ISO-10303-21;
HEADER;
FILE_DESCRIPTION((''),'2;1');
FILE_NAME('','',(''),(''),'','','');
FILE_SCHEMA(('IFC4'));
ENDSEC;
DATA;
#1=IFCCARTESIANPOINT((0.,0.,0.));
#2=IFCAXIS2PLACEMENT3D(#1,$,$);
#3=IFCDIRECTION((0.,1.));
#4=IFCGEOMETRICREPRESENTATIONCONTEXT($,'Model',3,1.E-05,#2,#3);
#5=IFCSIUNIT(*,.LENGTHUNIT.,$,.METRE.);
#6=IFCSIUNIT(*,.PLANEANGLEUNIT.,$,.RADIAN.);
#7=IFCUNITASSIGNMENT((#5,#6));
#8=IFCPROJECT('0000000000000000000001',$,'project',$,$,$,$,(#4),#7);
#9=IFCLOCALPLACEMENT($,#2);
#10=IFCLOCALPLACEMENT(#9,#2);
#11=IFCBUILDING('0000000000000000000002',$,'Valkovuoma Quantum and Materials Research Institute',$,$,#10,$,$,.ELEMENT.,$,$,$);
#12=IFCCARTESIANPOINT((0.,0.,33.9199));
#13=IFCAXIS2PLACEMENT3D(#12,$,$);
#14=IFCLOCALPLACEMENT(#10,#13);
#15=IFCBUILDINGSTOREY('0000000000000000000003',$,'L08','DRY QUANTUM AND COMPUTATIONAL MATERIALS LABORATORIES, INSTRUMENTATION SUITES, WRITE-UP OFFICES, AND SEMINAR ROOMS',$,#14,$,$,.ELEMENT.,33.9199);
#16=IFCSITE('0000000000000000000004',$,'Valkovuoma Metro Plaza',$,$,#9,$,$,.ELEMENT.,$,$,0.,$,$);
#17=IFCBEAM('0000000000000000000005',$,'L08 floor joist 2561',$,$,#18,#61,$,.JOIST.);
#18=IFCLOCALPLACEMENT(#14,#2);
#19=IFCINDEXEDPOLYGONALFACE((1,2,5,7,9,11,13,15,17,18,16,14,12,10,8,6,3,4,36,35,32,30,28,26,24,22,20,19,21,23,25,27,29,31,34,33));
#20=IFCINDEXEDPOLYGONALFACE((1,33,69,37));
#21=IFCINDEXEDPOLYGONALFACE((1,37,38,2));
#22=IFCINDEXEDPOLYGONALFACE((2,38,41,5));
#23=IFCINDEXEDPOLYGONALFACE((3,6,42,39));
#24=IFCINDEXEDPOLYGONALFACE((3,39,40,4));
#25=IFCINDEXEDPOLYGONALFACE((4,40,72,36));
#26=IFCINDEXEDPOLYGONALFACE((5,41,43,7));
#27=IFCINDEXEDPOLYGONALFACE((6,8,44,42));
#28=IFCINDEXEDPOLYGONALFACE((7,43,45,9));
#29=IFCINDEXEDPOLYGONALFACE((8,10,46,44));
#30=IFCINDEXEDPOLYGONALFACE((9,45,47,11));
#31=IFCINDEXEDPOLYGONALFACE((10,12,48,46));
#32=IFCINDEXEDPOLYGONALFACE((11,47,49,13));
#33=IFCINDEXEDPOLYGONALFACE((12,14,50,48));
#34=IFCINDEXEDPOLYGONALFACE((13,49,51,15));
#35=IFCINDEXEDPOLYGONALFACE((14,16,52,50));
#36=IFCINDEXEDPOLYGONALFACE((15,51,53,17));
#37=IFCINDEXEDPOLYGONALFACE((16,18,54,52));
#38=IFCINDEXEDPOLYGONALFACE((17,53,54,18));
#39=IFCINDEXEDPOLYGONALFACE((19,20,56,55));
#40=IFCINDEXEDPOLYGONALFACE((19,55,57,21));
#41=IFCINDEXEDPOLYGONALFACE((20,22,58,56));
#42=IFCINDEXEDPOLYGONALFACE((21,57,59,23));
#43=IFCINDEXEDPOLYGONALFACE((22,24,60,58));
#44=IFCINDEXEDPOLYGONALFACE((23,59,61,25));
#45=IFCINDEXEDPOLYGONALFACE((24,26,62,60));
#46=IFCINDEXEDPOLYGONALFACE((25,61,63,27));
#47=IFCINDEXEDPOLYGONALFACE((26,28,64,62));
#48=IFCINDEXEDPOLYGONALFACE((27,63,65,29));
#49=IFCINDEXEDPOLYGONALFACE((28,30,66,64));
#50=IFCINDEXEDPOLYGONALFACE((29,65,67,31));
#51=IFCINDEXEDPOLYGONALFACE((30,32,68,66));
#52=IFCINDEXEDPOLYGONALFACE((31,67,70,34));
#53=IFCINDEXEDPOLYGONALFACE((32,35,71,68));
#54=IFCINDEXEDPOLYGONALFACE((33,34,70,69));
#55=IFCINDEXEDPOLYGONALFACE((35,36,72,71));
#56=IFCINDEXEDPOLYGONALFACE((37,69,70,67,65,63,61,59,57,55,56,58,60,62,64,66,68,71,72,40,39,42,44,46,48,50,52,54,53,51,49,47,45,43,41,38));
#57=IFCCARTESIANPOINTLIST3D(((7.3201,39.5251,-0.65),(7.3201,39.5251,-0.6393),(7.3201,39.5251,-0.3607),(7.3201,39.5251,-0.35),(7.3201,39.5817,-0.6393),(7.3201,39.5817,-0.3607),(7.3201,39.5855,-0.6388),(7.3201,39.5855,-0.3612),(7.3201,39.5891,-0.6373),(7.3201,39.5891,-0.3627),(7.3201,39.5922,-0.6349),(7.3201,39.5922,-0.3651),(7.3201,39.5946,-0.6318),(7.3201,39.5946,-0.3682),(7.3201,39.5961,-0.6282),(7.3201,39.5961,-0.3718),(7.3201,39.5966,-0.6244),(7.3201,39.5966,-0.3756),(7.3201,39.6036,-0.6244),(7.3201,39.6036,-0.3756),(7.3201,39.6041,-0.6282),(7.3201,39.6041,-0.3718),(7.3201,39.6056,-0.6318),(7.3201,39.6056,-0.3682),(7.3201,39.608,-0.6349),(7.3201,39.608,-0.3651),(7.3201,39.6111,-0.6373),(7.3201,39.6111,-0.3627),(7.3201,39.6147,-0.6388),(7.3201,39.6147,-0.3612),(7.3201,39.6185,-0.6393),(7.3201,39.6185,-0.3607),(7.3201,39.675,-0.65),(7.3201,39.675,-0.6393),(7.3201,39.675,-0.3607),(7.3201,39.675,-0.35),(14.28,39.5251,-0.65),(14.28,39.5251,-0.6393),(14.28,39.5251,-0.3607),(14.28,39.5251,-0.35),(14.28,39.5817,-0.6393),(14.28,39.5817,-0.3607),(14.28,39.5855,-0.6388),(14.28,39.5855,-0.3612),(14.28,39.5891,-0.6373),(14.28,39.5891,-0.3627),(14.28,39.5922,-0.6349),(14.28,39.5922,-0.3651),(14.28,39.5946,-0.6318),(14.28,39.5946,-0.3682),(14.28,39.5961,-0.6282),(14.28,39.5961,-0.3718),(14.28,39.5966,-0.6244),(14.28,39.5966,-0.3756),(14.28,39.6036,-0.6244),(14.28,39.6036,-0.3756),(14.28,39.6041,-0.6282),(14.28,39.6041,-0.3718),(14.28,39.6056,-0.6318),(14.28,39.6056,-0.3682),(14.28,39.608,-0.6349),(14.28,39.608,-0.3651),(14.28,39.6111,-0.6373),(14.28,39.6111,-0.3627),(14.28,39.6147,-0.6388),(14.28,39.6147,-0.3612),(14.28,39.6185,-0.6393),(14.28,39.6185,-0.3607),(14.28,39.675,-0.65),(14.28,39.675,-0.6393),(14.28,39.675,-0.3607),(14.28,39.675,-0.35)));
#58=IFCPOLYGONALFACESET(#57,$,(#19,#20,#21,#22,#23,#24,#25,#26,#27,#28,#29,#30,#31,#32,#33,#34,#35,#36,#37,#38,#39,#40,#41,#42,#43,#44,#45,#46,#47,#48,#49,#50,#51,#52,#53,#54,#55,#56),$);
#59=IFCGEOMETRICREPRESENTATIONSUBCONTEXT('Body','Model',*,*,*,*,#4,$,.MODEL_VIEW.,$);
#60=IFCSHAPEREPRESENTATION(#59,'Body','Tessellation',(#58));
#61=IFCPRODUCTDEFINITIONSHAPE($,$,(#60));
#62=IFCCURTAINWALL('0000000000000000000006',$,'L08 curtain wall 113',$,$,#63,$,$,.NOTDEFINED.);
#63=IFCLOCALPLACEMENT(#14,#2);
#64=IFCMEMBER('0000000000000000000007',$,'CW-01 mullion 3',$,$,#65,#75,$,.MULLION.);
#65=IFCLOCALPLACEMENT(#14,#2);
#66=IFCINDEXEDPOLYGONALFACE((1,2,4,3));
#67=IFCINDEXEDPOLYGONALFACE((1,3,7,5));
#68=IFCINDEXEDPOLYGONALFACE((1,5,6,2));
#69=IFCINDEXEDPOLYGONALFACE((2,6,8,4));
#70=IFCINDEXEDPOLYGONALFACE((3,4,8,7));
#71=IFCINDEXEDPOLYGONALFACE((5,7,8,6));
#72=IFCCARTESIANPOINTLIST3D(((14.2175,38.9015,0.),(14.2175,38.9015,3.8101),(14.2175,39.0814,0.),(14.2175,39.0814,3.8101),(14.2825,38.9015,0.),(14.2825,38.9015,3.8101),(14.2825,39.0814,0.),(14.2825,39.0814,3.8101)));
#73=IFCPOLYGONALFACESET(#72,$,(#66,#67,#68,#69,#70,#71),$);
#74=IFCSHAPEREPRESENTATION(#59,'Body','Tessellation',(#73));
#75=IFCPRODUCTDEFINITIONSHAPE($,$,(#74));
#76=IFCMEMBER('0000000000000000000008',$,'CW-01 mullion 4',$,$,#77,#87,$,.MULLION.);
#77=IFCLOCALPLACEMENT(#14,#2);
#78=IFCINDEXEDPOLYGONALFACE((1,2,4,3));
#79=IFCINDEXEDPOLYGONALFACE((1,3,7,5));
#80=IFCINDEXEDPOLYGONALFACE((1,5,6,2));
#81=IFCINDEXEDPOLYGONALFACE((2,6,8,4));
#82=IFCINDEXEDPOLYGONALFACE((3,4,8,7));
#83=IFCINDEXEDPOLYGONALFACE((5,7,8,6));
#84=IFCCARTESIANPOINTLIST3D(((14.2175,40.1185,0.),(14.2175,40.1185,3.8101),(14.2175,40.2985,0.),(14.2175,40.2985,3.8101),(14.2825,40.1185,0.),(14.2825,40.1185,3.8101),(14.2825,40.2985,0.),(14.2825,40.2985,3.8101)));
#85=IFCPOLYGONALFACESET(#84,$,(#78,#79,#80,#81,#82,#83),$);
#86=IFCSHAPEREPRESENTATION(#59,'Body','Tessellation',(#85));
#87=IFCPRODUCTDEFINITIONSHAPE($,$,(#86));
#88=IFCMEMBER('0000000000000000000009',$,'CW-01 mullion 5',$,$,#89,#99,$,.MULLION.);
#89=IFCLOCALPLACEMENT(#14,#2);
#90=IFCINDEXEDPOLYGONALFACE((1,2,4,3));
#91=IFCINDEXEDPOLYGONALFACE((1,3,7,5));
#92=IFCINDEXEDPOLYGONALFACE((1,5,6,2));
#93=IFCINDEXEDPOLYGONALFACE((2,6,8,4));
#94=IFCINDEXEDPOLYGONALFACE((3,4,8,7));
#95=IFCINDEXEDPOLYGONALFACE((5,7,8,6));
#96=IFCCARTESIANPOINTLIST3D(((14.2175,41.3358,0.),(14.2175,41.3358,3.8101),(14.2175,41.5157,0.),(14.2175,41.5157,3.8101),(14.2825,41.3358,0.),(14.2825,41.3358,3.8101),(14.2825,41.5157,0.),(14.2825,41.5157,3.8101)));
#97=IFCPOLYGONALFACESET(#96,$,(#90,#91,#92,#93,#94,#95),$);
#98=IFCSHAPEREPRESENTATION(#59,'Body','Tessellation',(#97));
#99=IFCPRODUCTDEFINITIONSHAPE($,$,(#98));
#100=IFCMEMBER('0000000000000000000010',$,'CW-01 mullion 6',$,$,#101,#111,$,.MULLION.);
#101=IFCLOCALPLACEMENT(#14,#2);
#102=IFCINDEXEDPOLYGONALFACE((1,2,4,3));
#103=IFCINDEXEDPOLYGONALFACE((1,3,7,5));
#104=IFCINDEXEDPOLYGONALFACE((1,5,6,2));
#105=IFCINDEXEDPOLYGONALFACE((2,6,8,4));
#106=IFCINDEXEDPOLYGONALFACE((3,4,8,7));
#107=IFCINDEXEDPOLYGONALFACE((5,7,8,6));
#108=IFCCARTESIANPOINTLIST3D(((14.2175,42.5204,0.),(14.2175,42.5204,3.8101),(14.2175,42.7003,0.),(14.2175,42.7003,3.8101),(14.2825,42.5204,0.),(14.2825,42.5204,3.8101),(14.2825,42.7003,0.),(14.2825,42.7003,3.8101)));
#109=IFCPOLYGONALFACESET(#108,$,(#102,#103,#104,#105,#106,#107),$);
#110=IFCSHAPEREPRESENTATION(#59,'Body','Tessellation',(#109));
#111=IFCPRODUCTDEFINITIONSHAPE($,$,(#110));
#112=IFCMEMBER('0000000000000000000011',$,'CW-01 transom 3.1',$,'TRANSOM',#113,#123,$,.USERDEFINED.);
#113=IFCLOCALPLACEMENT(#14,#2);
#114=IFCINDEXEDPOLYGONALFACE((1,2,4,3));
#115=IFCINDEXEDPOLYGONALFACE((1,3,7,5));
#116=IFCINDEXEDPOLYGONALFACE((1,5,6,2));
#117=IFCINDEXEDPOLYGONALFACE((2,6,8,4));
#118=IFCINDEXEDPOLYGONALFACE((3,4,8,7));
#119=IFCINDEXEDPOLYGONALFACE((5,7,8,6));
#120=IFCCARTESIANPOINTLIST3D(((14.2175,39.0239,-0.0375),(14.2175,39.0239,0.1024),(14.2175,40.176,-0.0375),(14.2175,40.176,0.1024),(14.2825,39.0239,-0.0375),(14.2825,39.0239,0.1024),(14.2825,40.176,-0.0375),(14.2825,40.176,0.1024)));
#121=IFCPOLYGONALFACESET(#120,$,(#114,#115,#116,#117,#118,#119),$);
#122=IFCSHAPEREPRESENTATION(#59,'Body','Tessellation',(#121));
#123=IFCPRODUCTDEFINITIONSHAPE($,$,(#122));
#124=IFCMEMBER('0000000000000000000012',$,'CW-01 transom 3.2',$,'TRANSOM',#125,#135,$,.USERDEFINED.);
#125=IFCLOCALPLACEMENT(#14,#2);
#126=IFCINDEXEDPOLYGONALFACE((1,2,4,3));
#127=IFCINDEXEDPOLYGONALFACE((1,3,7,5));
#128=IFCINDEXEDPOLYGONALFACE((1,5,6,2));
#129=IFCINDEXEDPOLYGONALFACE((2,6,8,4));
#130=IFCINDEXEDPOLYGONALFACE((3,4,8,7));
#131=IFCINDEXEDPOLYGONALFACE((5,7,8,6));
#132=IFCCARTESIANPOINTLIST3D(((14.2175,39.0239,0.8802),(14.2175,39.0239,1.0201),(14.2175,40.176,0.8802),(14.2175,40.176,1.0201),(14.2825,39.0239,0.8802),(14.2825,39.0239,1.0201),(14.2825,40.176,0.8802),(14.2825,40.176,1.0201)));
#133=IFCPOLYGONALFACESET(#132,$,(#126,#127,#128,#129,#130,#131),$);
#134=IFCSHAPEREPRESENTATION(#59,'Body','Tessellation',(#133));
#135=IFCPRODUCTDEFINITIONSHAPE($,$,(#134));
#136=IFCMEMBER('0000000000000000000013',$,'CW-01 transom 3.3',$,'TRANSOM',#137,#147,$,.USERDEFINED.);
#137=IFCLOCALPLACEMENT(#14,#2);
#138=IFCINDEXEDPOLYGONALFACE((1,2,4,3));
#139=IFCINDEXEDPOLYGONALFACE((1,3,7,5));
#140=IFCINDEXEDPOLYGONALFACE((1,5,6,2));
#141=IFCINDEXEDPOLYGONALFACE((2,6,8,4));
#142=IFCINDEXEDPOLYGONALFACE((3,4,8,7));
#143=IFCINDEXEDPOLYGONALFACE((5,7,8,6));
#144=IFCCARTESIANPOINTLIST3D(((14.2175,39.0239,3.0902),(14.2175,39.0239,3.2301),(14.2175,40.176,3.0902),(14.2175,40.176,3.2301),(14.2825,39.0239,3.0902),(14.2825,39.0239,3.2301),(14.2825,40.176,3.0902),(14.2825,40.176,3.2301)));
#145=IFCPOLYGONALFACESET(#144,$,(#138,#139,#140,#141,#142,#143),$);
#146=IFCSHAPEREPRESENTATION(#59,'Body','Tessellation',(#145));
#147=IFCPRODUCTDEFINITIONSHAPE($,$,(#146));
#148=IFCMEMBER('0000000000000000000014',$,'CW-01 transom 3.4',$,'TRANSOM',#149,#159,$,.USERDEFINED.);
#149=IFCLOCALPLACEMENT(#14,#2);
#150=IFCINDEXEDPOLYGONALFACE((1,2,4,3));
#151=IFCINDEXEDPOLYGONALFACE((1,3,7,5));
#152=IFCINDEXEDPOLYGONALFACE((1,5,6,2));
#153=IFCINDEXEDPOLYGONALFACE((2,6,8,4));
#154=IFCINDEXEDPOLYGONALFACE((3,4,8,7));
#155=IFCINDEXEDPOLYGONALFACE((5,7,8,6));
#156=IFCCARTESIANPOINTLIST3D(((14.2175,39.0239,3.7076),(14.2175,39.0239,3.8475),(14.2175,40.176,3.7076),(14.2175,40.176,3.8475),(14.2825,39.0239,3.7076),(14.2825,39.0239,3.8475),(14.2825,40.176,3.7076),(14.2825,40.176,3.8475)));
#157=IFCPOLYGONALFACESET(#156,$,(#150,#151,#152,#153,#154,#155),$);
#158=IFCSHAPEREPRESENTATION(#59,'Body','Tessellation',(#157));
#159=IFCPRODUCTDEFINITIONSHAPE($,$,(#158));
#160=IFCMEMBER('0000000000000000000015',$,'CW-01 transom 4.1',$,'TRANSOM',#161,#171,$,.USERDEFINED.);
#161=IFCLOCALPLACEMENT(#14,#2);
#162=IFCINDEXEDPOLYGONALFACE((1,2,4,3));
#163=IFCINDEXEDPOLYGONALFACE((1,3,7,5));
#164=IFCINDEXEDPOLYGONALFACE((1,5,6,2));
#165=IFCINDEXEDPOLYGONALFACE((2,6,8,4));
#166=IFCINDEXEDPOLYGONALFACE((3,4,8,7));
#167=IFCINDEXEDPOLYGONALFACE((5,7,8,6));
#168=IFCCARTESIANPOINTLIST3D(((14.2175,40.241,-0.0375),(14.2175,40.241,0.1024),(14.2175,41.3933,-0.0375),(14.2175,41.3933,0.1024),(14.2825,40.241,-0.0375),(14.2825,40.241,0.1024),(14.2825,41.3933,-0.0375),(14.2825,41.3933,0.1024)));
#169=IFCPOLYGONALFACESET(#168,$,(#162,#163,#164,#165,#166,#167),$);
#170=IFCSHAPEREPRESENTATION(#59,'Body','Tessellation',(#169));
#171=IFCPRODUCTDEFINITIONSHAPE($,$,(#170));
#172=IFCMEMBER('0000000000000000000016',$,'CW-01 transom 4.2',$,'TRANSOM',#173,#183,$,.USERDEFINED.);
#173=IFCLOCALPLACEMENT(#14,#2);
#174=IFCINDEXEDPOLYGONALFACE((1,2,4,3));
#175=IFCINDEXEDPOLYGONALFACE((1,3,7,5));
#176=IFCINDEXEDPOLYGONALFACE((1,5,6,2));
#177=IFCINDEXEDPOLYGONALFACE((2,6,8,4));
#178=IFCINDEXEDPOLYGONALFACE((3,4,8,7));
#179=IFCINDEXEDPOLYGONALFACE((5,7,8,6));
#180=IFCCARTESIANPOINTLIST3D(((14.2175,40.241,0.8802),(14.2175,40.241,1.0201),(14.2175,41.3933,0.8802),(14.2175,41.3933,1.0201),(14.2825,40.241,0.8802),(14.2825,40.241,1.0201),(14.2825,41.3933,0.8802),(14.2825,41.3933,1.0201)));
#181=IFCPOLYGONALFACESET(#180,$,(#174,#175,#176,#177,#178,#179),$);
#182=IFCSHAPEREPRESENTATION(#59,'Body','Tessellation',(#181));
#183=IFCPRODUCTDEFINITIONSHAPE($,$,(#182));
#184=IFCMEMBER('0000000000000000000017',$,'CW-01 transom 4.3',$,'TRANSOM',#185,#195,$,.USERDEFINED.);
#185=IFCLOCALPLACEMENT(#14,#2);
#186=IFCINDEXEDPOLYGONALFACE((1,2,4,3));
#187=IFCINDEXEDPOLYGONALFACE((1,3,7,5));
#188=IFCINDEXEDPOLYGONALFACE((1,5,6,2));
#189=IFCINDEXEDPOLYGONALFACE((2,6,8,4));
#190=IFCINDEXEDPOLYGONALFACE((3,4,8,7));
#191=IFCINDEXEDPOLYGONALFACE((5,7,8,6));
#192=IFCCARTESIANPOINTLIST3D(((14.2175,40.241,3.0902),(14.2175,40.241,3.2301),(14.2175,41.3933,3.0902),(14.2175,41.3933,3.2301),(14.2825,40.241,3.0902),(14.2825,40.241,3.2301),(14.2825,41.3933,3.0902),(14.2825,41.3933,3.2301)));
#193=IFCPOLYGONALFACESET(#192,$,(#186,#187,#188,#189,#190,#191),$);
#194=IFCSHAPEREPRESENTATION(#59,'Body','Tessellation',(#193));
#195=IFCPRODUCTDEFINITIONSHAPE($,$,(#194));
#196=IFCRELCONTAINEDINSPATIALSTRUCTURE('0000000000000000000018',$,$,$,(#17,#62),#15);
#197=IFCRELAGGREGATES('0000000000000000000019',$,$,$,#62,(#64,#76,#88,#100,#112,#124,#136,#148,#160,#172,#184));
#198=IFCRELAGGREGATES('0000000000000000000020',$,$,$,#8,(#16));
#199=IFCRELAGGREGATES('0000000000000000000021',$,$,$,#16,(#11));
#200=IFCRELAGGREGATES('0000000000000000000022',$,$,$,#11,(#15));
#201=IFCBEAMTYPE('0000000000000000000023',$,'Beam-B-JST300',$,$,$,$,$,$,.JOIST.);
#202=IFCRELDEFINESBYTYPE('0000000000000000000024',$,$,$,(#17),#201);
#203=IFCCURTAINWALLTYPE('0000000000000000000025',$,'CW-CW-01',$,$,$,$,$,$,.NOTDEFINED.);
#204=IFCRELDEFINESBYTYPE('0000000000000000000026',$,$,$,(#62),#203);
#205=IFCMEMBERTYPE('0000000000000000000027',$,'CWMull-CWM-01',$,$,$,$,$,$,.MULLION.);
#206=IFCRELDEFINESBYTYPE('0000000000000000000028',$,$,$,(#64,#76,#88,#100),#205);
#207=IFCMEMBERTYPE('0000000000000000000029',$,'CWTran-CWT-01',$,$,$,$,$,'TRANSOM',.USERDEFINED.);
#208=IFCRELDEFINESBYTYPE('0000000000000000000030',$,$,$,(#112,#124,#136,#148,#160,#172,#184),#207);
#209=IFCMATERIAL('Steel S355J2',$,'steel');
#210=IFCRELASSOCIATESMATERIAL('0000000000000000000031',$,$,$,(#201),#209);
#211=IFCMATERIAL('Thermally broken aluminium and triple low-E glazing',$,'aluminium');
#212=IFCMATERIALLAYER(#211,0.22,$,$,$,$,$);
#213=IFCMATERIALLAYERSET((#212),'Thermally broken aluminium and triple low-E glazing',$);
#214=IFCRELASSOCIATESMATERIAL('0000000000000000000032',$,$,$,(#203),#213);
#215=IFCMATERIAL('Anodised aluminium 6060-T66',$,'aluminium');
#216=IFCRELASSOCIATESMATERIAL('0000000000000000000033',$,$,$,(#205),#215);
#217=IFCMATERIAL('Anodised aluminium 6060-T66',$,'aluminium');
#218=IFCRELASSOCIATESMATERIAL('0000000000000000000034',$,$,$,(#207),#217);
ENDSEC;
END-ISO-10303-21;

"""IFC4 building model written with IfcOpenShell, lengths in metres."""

from ifc_helpers import new_model, si_unit, direction, frame, origin, origin_2d, place, context, subcontext, project, spatial, rectangle, i_section, extrude, material, layer, layer_set, material_profile, profile_set, type_object, element, aggregate, save


model = new_model("IFC4")

# Units and contexts
model_context = context("Model", 3, precision=1e-05, world=origin(), true_north=direction((0.0, 1.0)))
body_context = subcontext(model_context, "Body", "Model", "MODEL_VIEW")
ifc_project = project(units=[si_unit("LENGTHUNIT", "METRE"), si_unit("PLANEANGLEUNIT", "RADIAN")], contexts=[model_context])

# Site, building, storey
site_placement = place(None, origin())
site = spatial("IfcSite", under=ifc_project, at=site_placement, Name="Valkovuoma Metro Plaza", CompositionType="ELEMENT", RefElevation=0.0)
building_placement = place(site_placement, origin())
building = spatial("IfcBuilding", under=site, at=building_placement, Name="Valkovuoma Quantum and Materials Research Institute", CompositionType="ELEMENT")
storey_placement = place(building_placement, frame((0.0, 0.0, 33.9199)))
storey = spatial("IfcBuildingStorey", under=building, at=storey_placement, Name="L08", Description="DRY QUANTUM AND COMPUTATIONAL MATERIALS LABORATORIES, INSTRUMENTATION SUITES, WRITE-UP OFFICES, AND SEMINAR ROOMS", CompositionType="ELEMENT", Elevation=33.9199)

# Beam
ifc_material_1 = material(Name="Steel S355J2", Category="steel")
ifc_material_profile_1 = material_profile(ifc_material_1, i_section(OverallWidth=0.1499, OverallDepth=0.3, WebThickness=0.0071, FlangeThickness=0.0107, FilletRadius=0.0149, at=origin_2d()), Name="Steel S355J2")
ifc_profile_set_1 = profile_set([ifc_material_profile_1], Name="Steel S355J2")
beam_type = type_object("IfcBeamType", Name="Beam-B-JST300", PredefinedType="JOIST", material=ifc_profile_set_1)
beam_placement = place(storey_placement, frame((7.3201, 39.6001, -0.5), z_axis=(1.0, 0.0, 0.0), x_axis=(0.0, 1.0, 0.0)))
element("IfcBeam", 1, at=beam_placement, inside=storey, type_object=beam_type, Name="L08 floor joist 2561", PredefinedType="JOIST", context=body_context, shape_type="SweptSolid", body=[
    extrude(i_section(OverallWidth=0.1499, OverallDepth=0.3, WebThickness=0.0071, FlangeThickness=0.0107, FilletRadius=0.0149, at=origin_2d()), origin(), (0.0, 0.0, 1.0), 6.96),
])

# Curtain wall, members
ifc_material_2 = material(Name="Thermally broken aluminium and triple low-E glazing", Category="aluminium")
ifc_layer_1 = layer(ifc_material_2, 0.22)
ifc_layer_set_1 = layer_set([ifc_layer_1], Name="Thermally broken aluminium and triple low-E glazing")
curtain_wall_type = type_object("IfcCurtainWallType", Name="CW-CW-01", PredefinedType="NOTDEFINED", material=ifc_layer_set_1)
curtain_wall_placement = place(storey_placement, origin())
curtain_wall = element("IfcCurtainWall", 2, at=curtain_wall_placement, inside=storey, type_object=curtain_wall_type, Name="L08 curtain wall 113", PredefinedType="NOTDEFINED")
ifc_material_3 = material(Name="Anodised aluminium 6060-T66", Category="aluminium")
ifc_material_profile_2 = material_profile(ifc_material_3, rectangle(XDim=0.0649, YDim=0.1799, at=origin_2d()), Name="Anodised aluminium 6060-T66")
ifc_profile_set_2 = profile_set([ifc_material_profile_2], Name="Anodised aluminium 6060-T66")
member_type_1 = type_object("IfcMemberType", Name="CWMull-CWM-01", PredefinedType="MULLION", material=ifc_profile_set_2)
member_1_placement = place(storey_placement, frame((14.25, 38.9915, 0.0), z_axis=(0.0, 0.0, 1.0), x_axis=(-1.0, 0.0, 0.0)))
member_1 = element("IfcMember", 3, at=member_1_placement, type_object=member_type_1, Name="CW-01 mullion 3", PredefinedType="MULLION", context=body_context, shape_type="SweptSolid", body=[
    extrude(rectangle(XDim=0.0649, YDim=0.1799, at=origin_2d()), origin(), (0.0, 0.0, 1.0), 3.8101),
])
member_2_placement = place(storey_placement, frame((14.25, 40.2085, 0.0), z_axis=(0.0, 0.0, 1.0), x_axis=(-1.0, 0.0, 0.0)))
member_2 = element("IfcMember", 4, at=member_2_placement, type_object=member_type_1, Name="CW-01 mullion 4", PredefinedType="MULLION", context=body_context, shape_type="SweptSolid", body=[
    extrude(rectangle(XDim=0.0649, YDim=0.1799, at=origin_2d()), origin(), (0.0, 0.0, 1.0), 3.8101),
])
member_3_placement = place(storey_placement, frame((14.25, 41.4258, 0.0), z_axis=(0.0, 0.0, 1.0), x_axis=(-1.0, 0.0, 0.0)))
member_3 = element("IfcMember", 5, at=member_3_placement, type_object=member_type_1, Name="CW-01 mullion 5", PredefinedType="MULLION", context=body_context, shape_type="SweptSolid", body=[
    extrude(rectangle(XDim=0.0649, YDim=0.1799, at=origin_2d()), origin(), (0.0, 0.0, 1.0), 3.8101),
])
member_4_placement = place(storey_placement, frame((14.25, 42.6104, 0.0), z_axis=(0.0, 0.0, 1.0), x_axis=(-1.0, 0.0, 0.0)))
member_4 = element("IfcMember", 6, at=member_4_placement, type_object=member_type_1, Name="CW-01 mullion 6", PredefinedType="MULLION", context=body_context, shape_type="SweptSolid", body=[
    extrude(rectangle(XDim=0.0649, YDim=0.1799, at=origin_2d()), origin(), (0.0, 0.0, 1.0), 3.8101),
])
ifc_material_4 = material(Name="Anodised aluminium 6060-T66", Category="aluminium")
ifc_material_profile_3 = material_profile(ifc_material_4, rectangle(XDim=0.0649, YDim=0.1399, at=origin_2d()), Name="Anodised aluminium 6060-T66")
ifc_profile_set_3 = profile_set([ifc_material_profile_3], Name="Anodised aluminium 6060-T66")
member_type_2 = type_object("IfcMemberType", Name="CWTran-CWT-01", ElementType="TRANSOM", PredefinedType="USERDEFINED", material=ifc_profile_set_3)
member_5_placement = place(storey_placement, frame((14.25, 39.0239, 0.0325), z_axis=(0.0, 1.0, 0.0), x_axis=(-1.0, 0.0, 0.0)))
member_5 = element("IfcMember", 7, at=member_5_placement, type_object=member_type_2, Name="CW-01 transom 3.1", ObjectType="TRANSOM", PredefinedType="USERDEFINED", context=body_context, shape_type="SweptSolid", body=[
    extrude(rectangle(XDim=0.0649, YDim=0.1399, at=origin_2d()), origin(), (0.0, 0.0, 1.0), 1.1521),
])
member_6_placement = place(storey_placement, frame((14.25, 39.0239, 0.9502), z_axis=(0.0, 1.0, 0.0), x_axis=(-1.0, 0.0, 0.0)))
member_6 = element("IfcMember", 8, at=member_6_placement, type_object=member_type_2, Name="CW-01 transom 3.2", ObjectType="TRANSOM", PredefinedType="USERDEFINED", context=body_context, shape_type="SweptSolid", body=[
    extrude(rectangle(XDim=0.0649, YDim=0.1399, at=origin_2d()), origin(), (0.0, 0.0, 1.0), 1.1521),
])
member_7_placement = place(storey_placement, frame((14.25, 39.0239, 3.1602), z_axis=(0.0, 1.0, 0.0), x_axis=(-1.0, 0.0, 0.0)))
member_7 = element("IfcMember", 9, at=member_7_placement, type_object=member_type_2, Name="CW-01 transom 3.3", ObjectType="TRANSOM", PredefinedType="USERDEFINED", context=body_context, shape_type="SweptSolid", body=[
    extrude(rectangle(XDim=0.0649, YDim=0.1399, at=origin_2d()), origin(), (0.0, 0.0, 1.0), 1.1521),
])
member_8_placement = place(storey_placement, frame((14.25, 39.0239, 3.7776), z_axis=(0.0, 1.0, 0.0), x_axis=(-1.0, 0.0, 0.0)))
member_8 = element("IfcMember", 10, at=member_8_placement, type_object=member_type_2, Name="CW-01 transom 3.4", ObjectType="TRANSOM", PredefinedType="USERDEFINED", context=body_context, shape_type="SweptSolid", body=[
    extrude(rectangle(XDim=0.0649, YDim=0.1399, at=origin_2d()), origin(), (0.0, 0.0, 1.0), 1.1521),
])
member_9_placement = place(storey_placement, frame((14.25, 40.241, 0.0325), z_axis=(0.0, 1.0, 0.0), x_axis=(-1.0, 0.0, 0.0)))
member_9 = element("IfcMember", 11, at=member_9_placement, type_object=member_type_2, Name="CW-01 transom 4.1", ObjectType="TRANSOM", PredefinedType="USERDEFINED", context=body_context, shape_type="SweptSolid", body=[
    extrude(rectangle(XDim=0.0649, YDim=0.1399, at=origin_2d()), origin(), (0.0, 0.0, 1.0), 1.1523),
])
member_10_placement = place(storey_placement, frame((14.25, 40.241, 0.9502), z_axis=(0.0, 1.0, 0.0), x_axis=(-1.0, 0.0, 0.0)))
member_10 = element("IfcMember", 12, at=member_10_placement, type_object=member_type_2, Name="CW-01 transom 4.2", ObjectType="TRANSOM", PredefinedType="USERDEFINED", context=body_context, shape_type="SweptSolid", body=[
    extrude(rectangle(XDim=0.0649, YDim=0.1399, at=origin_2d()), origin(), (0.0, 0.0, 1.0), 1.1523),
])
member_11_placement = place(storey_placement, frame((14.25, 40.241, 3.1602), z_axis=(0.0, 1.0, 0.0), x_axis=(-1.0, 0.0, 0.0)))
member_11 = element("IfcMember", 13, at=member_11_placement, type_object=member_type_2, Name="CW-01 transom 4.3", ObjectType="TRANSOM", PredefinedType="USERDEFINED", context=body_context, shape_type="SweptSolid", body=[
    extrude(rectangle(XDim=0.0649, YDim=0.1399, at=origin_2d()), origin(), (0.0, 0.0, 1.0), 1.1523),
])
aggregate(curtain_wall, [member_1, member_2, member_3, member_4, member_5, member_6, member_7, member_8, member_9, member_10, member_11])

save(model, "model.ifc")
